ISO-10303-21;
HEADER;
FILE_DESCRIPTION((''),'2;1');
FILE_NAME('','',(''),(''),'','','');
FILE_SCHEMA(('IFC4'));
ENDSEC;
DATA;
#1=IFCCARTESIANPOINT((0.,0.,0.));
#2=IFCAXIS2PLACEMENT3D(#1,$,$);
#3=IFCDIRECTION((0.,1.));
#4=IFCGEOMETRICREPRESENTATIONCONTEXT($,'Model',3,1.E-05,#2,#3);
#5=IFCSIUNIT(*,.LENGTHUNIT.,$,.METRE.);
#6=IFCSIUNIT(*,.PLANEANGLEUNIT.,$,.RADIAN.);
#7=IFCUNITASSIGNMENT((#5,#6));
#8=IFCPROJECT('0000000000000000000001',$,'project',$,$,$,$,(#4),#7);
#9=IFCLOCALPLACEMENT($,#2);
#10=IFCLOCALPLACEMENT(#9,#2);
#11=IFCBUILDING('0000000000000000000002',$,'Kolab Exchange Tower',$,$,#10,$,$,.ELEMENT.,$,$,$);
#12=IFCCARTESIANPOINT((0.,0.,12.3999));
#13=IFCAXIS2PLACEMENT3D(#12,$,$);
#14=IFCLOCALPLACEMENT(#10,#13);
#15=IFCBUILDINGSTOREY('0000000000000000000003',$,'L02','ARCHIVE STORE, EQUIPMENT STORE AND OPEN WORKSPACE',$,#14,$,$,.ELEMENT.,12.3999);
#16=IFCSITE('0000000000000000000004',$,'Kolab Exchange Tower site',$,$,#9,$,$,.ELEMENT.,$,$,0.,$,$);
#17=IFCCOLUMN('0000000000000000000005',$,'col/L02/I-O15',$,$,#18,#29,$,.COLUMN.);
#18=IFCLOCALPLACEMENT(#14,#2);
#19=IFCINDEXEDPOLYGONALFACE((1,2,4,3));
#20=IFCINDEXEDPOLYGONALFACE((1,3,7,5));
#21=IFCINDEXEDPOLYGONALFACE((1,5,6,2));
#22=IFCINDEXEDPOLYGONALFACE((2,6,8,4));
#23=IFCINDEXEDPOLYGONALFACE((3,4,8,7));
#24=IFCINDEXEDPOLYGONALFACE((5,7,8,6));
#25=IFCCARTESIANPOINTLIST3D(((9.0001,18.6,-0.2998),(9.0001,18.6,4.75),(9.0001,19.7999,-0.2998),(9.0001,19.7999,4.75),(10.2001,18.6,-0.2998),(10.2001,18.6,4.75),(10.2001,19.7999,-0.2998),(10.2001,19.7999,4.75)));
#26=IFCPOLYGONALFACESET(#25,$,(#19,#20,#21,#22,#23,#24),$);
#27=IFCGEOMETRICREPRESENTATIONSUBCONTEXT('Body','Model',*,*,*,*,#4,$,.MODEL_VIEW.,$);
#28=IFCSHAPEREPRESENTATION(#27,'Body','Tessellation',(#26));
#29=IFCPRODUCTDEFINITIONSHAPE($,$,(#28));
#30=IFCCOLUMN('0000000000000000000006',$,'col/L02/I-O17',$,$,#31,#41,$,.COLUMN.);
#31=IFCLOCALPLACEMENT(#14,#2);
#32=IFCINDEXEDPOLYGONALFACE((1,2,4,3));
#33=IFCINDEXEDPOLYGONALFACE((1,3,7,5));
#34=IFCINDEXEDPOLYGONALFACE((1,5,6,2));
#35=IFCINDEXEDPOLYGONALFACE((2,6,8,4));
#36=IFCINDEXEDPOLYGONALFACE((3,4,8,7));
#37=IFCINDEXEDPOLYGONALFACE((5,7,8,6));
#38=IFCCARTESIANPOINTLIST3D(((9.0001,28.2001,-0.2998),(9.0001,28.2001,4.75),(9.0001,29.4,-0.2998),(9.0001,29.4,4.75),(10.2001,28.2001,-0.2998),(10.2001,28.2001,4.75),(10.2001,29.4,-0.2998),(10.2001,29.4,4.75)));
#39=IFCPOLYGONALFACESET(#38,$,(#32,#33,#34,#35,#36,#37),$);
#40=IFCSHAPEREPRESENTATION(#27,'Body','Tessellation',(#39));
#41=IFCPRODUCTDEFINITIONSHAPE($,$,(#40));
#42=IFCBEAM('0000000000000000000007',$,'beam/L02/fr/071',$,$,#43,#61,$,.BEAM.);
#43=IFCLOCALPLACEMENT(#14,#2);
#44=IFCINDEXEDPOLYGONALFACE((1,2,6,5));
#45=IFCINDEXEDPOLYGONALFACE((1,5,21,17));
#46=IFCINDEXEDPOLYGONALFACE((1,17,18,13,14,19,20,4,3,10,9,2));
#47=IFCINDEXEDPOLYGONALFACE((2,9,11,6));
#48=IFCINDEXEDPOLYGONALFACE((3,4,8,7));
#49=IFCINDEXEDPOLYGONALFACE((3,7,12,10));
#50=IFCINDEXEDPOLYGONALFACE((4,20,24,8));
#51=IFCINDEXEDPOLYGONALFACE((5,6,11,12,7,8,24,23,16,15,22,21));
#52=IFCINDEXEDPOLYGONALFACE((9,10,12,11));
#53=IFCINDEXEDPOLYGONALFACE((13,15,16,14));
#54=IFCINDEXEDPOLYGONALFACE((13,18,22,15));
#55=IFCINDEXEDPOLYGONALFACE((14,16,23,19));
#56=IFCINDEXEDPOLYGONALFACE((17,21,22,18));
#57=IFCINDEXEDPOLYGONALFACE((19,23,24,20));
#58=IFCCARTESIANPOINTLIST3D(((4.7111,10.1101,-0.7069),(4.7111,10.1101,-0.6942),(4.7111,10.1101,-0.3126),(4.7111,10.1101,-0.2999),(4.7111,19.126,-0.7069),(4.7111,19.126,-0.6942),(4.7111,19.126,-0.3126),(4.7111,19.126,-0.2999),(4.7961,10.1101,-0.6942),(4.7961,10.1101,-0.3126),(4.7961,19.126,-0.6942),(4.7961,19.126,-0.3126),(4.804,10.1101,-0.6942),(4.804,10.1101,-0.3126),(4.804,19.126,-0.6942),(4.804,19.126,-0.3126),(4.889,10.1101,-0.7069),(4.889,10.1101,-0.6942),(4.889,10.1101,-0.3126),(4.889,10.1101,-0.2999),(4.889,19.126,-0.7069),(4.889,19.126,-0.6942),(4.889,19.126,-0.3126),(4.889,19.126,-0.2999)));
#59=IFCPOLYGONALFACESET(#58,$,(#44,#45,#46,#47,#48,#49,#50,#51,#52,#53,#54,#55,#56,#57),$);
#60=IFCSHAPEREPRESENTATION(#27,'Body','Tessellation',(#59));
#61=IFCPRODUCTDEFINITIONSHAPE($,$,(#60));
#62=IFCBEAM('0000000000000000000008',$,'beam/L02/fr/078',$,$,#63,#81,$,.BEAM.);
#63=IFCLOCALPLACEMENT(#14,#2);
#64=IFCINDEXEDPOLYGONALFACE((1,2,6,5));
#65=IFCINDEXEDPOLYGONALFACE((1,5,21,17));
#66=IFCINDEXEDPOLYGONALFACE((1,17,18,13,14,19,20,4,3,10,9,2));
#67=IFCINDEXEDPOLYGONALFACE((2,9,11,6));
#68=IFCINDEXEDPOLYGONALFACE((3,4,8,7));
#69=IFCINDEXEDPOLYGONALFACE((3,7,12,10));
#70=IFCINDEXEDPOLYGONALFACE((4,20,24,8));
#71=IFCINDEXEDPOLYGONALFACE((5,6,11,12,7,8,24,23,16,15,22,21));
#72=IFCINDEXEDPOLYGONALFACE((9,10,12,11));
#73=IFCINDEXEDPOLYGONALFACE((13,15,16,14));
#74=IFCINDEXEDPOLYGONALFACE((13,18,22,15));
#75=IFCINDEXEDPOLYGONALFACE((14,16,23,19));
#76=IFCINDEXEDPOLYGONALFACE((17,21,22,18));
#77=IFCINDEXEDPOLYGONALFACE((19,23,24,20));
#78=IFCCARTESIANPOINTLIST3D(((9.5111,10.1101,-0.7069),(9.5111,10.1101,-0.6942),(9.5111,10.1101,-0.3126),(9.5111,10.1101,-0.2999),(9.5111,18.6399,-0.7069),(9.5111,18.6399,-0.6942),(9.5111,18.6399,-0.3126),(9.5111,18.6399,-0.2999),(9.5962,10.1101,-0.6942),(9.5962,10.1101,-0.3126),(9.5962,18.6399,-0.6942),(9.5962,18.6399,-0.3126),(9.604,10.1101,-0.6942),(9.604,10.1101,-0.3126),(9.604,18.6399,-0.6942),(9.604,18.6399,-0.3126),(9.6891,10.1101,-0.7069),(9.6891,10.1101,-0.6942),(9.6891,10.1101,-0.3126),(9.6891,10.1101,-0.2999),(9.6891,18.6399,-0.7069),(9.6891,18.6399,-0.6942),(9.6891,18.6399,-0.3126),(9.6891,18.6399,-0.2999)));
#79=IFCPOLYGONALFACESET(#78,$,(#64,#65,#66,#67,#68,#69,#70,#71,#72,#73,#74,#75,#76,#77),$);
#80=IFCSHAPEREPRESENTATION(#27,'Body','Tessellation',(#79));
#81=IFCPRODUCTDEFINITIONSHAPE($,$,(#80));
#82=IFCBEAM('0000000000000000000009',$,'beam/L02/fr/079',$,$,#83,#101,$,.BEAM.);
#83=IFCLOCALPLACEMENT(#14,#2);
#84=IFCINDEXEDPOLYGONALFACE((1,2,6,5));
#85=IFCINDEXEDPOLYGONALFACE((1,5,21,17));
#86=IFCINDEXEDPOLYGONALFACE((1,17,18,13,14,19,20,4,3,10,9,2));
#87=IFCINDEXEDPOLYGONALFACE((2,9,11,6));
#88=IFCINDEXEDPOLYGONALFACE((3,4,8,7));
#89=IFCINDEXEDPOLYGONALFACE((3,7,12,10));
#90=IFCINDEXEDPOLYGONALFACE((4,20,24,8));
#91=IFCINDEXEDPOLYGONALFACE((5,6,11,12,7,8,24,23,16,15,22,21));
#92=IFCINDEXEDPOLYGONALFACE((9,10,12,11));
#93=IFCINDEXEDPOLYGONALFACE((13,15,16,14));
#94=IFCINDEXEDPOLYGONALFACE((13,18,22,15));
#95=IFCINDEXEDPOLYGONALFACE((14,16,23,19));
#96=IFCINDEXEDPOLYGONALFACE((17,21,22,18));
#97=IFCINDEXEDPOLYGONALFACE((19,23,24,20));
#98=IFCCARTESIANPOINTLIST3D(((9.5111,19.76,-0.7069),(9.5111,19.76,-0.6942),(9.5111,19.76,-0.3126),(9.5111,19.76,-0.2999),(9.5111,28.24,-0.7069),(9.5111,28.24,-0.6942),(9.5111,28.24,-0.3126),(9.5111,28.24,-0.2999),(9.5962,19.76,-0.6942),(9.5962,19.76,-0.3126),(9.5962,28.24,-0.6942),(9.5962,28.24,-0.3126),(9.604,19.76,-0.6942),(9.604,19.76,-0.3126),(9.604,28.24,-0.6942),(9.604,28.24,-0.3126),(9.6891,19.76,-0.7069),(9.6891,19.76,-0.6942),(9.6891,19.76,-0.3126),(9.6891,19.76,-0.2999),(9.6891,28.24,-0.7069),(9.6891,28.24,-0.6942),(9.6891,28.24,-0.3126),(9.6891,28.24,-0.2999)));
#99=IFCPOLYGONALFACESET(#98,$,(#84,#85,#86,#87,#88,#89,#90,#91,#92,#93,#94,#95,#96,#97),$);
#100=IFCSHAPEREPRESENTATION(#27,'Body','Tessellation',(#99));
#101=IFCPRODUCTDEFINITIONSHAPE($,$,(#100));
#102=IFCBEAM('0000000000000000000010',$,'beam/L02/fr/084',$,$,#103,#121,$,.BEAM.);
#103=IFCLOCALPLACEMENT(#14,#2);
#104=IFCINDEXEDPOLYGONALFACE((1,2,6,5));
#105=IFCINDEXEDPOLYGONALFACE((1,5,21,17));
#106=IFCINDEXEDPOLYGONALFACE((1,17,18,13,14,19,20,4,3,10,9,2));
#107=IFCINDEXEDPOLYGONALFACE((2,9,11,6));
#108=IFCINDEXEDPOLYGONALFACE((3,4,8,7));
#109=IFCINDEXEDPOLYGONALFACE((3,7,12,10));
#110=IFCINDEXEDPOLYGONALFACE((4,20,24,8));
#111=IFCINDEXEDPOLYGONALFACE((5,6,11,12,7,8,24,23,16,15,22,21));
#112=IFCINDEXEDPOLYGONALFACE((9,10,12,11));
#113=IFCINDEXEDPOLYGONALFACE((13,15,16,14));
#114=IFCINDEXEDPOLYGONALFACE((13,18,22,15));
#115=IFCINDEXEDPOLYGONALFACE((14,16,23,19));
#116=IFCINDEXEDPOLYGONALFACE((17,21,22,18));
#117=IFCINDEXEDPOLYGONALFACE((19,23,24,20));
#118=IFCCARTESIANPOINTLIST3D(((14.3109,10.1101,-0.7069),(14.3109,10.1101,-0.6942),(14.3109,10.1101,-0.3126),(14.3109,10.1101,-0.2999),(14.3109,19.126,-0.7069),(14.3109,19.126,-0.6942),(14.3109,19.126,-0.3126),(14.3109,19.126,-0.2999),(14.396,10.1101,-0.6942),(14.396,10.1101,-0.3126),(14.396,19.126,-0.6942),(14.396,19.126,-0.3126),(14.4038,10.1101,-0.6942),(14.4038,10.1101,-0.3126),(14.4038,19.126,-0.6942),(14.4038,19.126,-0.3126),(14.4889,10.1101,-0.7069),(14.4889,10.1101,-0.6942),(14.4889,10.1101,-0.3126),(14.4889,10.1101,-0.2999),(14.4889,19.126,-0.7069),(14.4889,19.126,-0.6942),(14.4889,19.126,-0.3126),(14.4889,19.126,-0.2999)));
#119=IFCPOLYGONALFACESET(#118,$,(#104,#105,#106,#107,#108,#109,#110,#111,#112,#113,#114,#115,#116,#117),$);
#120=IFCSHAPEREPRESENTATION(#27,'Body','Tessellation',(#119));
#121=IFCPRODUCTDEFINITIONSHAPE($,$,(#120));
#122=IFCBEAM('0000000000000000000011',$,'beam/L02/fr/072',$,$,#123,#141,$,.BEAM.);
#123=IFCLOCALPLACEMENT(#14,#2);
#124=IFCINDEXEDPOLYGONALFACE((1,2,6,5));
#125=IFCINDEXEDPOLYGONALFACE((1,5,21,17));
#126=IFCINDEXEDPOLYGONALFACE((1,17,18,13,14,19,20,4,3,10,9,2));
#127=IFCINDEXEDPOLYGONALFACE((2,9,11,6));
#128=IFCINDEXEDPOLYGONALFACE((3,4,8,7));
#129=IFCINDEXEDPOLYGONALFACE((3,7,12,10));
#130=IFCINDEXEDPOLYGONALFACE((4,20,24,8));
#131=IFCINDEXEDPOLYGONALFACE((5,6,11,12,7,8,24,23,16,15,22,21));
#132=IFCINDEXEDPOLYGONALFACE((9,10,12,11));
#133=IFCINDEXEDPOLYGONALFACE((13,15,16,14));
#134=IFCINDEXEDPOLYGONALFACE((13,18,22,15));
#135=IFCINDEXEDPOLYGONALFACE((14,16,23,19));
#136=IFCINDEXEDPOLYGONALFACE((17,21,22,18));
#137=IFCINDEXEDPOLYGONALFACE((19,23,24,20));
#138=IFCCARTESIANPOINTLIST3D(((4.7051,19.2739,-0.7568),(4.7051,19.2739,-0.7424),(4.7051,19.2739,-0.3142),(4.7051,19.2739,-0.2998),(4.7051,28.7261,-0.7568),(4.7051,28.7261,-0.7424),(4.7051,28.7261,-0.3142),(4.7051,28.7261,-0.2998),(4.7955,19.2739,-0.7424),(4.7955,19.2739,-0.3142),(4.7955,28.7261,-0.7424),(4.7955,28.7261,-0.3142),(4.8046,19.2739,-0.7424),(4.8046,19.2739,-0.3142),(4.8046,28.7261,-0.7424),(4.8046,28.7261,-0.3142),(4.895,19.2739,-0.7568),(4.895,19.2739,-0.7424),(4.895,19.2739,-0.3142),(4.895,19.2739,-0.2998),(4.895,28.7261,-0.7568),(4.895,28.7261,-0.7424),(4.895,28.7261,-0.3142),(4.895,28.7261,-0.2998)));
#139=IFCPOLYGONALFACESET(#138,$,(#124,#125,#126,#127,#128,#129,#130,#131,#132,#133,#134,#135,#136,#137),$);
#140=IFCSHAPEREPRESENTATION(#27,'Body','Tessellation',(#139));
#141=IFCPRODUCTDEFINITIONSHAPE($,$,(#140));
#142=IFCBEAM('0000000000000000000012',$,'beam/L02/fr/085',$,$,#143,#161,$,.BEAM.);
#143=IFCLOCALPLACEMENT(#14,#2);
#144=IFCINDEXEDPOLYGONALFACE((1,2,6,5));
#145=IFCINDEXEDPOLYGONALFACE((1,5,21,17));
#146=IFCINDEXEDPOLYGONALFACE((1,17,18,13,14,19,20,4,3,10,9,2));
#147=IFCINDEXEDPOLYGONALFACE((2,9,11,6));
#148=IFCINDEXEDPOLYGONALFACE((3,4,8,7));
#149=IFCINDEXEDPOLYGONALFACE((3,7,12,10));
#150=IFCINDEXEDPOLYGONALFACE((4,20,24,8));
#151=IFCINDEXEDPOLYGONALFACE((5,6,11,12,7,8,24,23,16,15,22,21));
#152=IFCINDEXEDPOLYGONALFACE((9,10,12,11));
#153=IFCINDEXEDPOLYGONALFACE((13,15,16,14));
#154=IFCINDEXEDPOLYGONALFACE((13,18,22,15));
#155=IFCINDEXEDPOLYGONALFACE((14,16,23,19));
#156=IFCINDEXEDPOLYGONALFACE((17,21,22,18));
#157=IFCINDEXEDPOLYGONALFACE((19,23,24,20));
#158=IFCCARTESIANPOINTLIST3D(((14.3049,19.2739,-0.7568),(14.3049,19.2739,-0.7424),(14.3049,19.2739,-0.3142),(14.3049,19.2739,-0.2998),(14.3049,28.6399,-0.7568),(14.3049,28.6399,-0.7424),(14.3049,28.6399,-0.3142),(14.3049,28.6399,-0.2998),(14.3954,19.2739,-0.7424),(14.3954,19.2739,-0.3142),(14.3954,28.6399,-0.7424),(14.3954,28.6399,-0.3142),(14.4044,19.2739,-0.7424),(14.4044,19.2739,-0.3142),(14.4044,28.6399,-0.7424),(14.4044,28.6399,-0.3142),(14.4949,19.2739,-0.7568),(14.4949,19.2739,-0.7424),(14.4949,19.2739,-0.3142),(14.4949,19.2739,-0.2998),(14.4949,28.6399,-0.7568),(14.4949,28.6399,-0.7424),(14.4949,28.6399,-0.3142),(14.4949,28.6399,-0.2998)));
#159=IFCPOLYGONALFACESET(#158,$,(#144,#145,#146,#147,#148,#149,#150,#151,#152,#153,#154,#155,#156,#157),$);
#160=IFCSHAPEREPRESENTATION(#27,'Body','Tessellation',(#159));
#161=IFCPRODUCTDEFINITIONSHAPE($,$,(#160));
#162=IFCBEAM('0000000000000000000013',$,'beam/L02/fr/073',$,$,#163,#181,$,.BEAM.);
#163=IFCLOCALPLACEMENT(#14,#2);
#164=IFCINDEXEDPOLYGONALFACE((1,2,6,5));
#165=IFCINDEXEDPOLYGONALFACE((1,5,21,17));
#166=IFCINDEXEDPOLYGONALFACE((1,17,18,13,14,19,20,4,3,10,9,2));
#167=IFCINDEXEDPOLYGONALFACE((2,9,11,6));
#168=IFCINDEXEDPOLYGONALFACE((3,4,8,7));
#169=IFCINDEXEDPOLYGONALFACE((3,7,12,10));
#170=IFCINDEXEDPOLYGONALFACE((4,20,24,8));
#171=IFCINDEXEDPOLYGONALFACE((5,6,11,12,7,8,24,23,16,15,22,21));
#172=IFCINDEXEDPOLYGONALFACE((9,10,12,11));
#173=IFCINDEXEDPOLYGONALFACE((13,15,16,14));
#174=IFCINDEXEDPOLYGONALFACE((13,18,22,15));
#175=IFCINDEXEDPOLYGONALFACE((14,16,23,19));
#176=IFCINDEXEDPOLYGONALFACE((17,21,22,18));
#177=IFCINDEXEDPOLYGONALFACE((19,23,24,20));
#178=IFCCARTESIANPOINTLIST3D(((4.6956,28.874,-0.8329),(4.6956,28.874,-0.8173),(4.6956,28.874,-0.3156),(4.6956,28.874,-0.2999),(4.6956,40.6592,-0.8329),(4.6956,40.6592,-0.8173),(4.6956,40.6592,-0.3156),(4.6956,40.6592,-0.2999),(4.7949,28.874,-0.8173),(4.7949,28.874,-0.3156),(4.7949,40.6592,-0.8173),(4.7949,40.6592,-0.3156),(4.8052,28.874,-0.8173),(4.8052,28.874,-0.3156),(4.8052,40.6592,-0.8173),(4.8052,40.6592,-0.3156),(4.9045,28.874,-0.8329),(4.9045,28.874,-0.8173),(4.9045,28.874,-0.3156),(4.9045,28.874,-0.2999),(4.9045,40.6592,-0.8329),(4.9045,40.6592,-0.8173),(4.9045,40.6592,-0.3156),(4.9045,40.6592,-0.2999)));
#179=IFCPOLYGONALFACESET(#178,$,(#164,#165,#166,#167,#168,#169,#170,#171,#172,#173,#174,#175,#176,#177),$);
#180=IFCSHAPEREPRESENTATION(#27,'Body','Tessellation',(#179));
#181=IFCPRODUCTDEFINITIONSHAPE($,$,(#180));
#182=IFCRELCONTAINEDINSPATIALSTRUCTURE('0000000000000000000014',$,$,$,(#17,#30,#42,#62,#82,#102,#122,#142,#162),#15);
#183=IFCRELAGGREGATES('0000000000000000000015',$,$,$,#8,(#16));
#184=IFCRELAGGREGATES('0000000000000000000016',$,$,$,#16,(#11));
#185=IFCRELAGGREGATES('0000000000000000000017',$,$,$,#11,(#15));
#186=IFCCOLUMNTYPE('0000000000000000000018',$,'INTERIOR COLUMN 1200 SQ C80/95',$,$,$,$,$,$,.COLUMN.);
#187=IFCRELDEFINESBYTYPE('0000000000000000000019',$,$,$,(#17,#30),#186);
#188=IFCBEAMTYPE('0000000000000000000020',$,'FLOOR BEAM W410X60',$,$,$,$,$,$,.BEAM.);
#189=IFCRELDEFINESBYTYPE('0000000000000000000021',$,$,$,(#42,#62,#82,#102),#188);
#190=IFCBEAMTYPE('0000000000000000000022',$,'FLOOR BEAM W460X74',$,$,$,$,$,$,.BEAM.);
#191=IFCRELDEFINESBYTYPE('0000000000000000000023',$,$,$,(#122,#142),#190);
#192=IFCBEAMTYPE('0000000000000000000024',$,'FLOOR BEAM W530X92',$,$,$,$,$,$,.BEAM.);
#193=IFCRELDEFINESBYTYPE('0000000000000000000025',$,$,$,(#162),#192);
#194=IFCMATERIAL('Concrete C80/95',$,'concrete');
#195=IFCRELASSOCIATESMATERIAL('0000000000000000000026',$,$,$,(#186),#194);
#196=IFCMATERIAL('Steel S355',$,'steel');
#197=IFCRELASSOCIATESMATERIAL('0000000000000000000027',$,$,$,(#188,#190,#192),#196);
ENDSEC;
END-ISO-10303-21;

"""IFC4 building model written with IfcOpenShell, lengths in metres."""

from ifc_helpers import new_model, si_unit, direction, frame, origin, origin_2d, place, context, subcontext, project, spatial, rectangle, i_section, extrude, material, material_profile, profile_set, type_object, element, save


model = new_model("IFC4")

# Units and contexts
model_context = context("Model", 3, precision=1e-05, world=origin(), true_north=direction((0.0, 1.0)))
body_context = subcontext(model_context, "Body", "Model", "MODEL_VIEW")
ifc_project = project(units=[si_unit("LENGTHUNIT", "METRE"), si_unit("PLANEANGLEUNIT", "RADIAN")], contexts=[model_context])

# Site, building, storey
site_placement = place(None, origin())
site = spatial("IfcSite", under=ifc_project, at=site_placement, Name="Kolab Exchange Tower site", CompositionType="ELEMENT", RefElevation=0.0)
building_placement = place(site_placement, origin())
building = spatial("IfcBuilding", under=site, at=building_placement, Name="Kolab Exchange Tower", CompositionType="ELEMENT")
storey_placement = place(building_placement, frame((0.0, 0.0, 12.3999)))
storey = spatial("IfcBuildingStorey", under=building, at=storey_placement, Name="L02", Description="ARCHIVE STORE, EQUIPMENT STORE AND OPEN WORKSPACE", CompositionType="ELEMENT", Elevation=12.3999)

# Columns
ifc_material_1 = material(Name="Concrete C80/95", Category="concrete")
ifc_material_profile_1 = material_profile(ifc_material_1, rectangle(XDim=1.2, YDim=1.2, at=origin_2d()), Name="RC1200")
ifc_profile_set_1 = profile_set([ifc_material_profile_1], Name="Concrete C80/95")
column_type = type_object("IfcColumnType", Name="INTERIOR COLUMN 1200 SQ C80/95", PredefinedType="COLUMN", material=ifc_profile_set_1)
for number, where, z_axis, x_axis, name in (
    (1, (9.6001, 19.2, -0.2998), (0.0, 0.0, 1.0), (1.0, 0.0, 0.0), "col/L02/I-O15"),
    (2, (9.6001, 28.8, -0.2998), (0.0, 0.0, 1.0), (1.0, 0.0, 0.0), "col/L02/I-O17"),
):
    element("IfcColumn", number, at=place(storey_placement, frame(where, z_axis=z_axis, x_axis=x_axis)), inside=storey, type_object=column_type, Name=name, PredefinedType="COLUMN", context=body_context, shape_type="SweptSolid", body=[
        extrude(rectangle(XDim=1.2, YDim=1.2, at=origin_2d()), origin(), (0.0, 0.0, 1.0), 5.0498),
    ])

# Beams
ifc_material_2 = material(Name="Steel S355", Category="steel")
ifc_material_profile_2 = material_profile(ifc_material_2, i_section(OverallWidth=0.178, OverallDepth=0.407, WebThickness=0.0078, FlangeThickness=0.0127, at=origin_2d()), Name="W410X60")
ifc_profile_set_2 = profile_set([ifc_material_profile_2], Name="Steel S355")
beam_type_1 = type_object("IfcBeamType", Name="FLOOR BEAM W410X60", PredefinedType="BEAM", material=ifc_profile_set_2)
beam_1_placement = place(storey_placement, frame((4.8, 10.1101, -0.5034), z_axis=(0.0, 1.0, 0.0), x_axis=(-1.0, 0.0, 0.0)))
element("IfcBeam", 3, at=beam_1_placement, inside=storey, type_object=beam_type_1, Name="beam/L02/fr/071", PredefinedType="BEAM", context=body_context, shape_type="SweptSolid", body=[
    extrude(i_section(OverallWidth=0.178, OverallDepth=0.407, WebThickness=0.0078, FlangeThickness=0.0127, at=origin_2d()), origin(), (0.0, 0.0, 1.0), 9.0159),
])
beam_2_placement = place(storey_placement, frame((9.6001, 10.1101, -0.5034), z_axis=(0.0, 1.0, 0.0), x_axis=(-1.0, 0.0, 0.0)))
element("IfcBeam", 4, at=beam_2_placement, inside=storey, type_object=beam_type_1, Name="beam/L02/fr/078", PredefinedType="BEAM", context=body_context, shape_type="SweptSolid", body=[
    extrude(i_section(OverallWidth=0.178, OverallDepth=0.407, WebThickness=0.0078, FlangeThickness=0.0127, at=origin_2d()), origin(), (0.0, 0.0, 1.0), 8.5298),
])
beam_3_placement = place(storey_placement, frame((9.6001, 19.76, -0.5034), z_axis=(0.0, 1.0, 0.0), x_axis=(-1.0, 0.0, 0.0)))
element("IfcBeam", 5, at=beam_3_placement, inside=storey, type_object=beam_type_1, Name="beam/L02/fr/079", PredefinedType="BEAM", context=body_context, shape_type="SweptSolid", body=[
    extrude(i_section(OverallWidth=0.178, OverallDepth=0.407, WebThickness=0.0078, FlangeThickness=0.0127, at=origin_2d()), origin(), (0.0, 0.0, 1.0), 8.48),
])
beam_4_placement = place(storey_placement, frame((14.3999, 10.1101, -0.5034), z_axis=(0.0, 1.0, 0.0), x_axis=(-1.0, 0.0, 0.0)))
element("IfcBeam", 6, at=beam_4_placement, inside=storey, type_object=beam_type_1, Name="beam/L02/fr/084", PredefinedType="BEAM", context=body_context, shape_type="SweptSolid", body=[
    extrude(i_section(OverallWidth=0.178, OverallDepth=0.407, WebThickness=0.0078, FlangeThickness=0.0127, at=origin_2d()), origin(), (0.0, 0.0, 1.0), 9.0159),
])
ifc_material_profile_3 = material_profile(ifc_material_2, i_section(OverallWidth=0.1899, OverallDepth=0.457, WebThickness=0.009, FlangeThickness=0.0144, at=origin_2d()), Name="W460X74")
ifc_profile_set_3 = profile_set([ifc_material_profile_3], Name="Steel S355")
beam_type_2 = type_object("IfcBeamType", Name="FLOOR BEAM W460X74", PredefinedType="BEAM", material=ifc_profile_set_3)
beam_5_placement = place(storey_placement, frame((4.8, 19.2739, -0.5283), z_axis=(0.0, 1.0, 0.0), x_axis=(-1.0, 0.0, 0.0)))
element("IfcBeam", 7, at=beam_5_placement, inside=storey, type_object=beam_type_2, Name="beam/L02/fr/072", PredefinedType="BEAM", context=body_context, shape_type="SweptSolid", body=[
    extrude(i_section(OverallWidth=0.1899, OverallDepth=0.457, WebThickness=0.009, FlangeThickness=0.0144, at=origin_2d()), origin(), (0.0, 0.0, 1.0), 9.4521),
])
beam_6_placement = place(storey_placement, frame((14.3999, 19.2739, -0.5283), z_axis=(0.0, 1.0, 0.0), x_axis=(-1.0, 0.0, 0.0)))
element("IfcBeam", 8, at=beam_6_placement, inside=storey, type_object=beam_type_2, Name="beam/L02/fr/085", PredefinedType="BEAM", context=body_context, shape_type="SweptSolid", body=[
    extrude(i_section(OverallWidth=0.1899, OverallDepth=0.457, WebThickness=0.009, FlangeThickness=0.0144, at=origin_2d()), origin(), (0.0, 0.0, 1.0), 9.366),
])
ifc_material_profile_4 = material_profile(ifc_material_2, i_section(OverallWidth=0.209, OverallDepth=0.533, WebThickness=0.0103, FlangeThickness=0.0156, at=origin_2d()), Name="W530X92")
ifc_profile_set_4 = profile_set([ifc_material_profile_4], Name="Steel S355")
beam_type_3 = type_object("IfcBeamType", Name="FLOOR BEAM W530X92", PredefinedType="BEAM", material=ifc_profile_set_4)
beam_7_placement = place(storey_placement, frame((4.8, 28.874, -0.5664), z_axis=(0.0, 1.0, 0.0), x_axis=(-1.0, 0.0, 0.0)))
element("IfcBeam", 9, at=beam_7_placement, inside=storey, type_object=beam_type_3, Name="beam/L02/fr/073", PredefinedType="BEAM", context=body_context, shape_type="SweptSolid", body=[
    extrude(i_section(OverallWidth=0.209, OverallDepth=0.533, WebThickness=0.0103, FlangeThickness=0.0156, at=origin_2d()), origin(), (0.0, 0.0, 1.0), 11.7852),
])

save(model, "model.ifc")
